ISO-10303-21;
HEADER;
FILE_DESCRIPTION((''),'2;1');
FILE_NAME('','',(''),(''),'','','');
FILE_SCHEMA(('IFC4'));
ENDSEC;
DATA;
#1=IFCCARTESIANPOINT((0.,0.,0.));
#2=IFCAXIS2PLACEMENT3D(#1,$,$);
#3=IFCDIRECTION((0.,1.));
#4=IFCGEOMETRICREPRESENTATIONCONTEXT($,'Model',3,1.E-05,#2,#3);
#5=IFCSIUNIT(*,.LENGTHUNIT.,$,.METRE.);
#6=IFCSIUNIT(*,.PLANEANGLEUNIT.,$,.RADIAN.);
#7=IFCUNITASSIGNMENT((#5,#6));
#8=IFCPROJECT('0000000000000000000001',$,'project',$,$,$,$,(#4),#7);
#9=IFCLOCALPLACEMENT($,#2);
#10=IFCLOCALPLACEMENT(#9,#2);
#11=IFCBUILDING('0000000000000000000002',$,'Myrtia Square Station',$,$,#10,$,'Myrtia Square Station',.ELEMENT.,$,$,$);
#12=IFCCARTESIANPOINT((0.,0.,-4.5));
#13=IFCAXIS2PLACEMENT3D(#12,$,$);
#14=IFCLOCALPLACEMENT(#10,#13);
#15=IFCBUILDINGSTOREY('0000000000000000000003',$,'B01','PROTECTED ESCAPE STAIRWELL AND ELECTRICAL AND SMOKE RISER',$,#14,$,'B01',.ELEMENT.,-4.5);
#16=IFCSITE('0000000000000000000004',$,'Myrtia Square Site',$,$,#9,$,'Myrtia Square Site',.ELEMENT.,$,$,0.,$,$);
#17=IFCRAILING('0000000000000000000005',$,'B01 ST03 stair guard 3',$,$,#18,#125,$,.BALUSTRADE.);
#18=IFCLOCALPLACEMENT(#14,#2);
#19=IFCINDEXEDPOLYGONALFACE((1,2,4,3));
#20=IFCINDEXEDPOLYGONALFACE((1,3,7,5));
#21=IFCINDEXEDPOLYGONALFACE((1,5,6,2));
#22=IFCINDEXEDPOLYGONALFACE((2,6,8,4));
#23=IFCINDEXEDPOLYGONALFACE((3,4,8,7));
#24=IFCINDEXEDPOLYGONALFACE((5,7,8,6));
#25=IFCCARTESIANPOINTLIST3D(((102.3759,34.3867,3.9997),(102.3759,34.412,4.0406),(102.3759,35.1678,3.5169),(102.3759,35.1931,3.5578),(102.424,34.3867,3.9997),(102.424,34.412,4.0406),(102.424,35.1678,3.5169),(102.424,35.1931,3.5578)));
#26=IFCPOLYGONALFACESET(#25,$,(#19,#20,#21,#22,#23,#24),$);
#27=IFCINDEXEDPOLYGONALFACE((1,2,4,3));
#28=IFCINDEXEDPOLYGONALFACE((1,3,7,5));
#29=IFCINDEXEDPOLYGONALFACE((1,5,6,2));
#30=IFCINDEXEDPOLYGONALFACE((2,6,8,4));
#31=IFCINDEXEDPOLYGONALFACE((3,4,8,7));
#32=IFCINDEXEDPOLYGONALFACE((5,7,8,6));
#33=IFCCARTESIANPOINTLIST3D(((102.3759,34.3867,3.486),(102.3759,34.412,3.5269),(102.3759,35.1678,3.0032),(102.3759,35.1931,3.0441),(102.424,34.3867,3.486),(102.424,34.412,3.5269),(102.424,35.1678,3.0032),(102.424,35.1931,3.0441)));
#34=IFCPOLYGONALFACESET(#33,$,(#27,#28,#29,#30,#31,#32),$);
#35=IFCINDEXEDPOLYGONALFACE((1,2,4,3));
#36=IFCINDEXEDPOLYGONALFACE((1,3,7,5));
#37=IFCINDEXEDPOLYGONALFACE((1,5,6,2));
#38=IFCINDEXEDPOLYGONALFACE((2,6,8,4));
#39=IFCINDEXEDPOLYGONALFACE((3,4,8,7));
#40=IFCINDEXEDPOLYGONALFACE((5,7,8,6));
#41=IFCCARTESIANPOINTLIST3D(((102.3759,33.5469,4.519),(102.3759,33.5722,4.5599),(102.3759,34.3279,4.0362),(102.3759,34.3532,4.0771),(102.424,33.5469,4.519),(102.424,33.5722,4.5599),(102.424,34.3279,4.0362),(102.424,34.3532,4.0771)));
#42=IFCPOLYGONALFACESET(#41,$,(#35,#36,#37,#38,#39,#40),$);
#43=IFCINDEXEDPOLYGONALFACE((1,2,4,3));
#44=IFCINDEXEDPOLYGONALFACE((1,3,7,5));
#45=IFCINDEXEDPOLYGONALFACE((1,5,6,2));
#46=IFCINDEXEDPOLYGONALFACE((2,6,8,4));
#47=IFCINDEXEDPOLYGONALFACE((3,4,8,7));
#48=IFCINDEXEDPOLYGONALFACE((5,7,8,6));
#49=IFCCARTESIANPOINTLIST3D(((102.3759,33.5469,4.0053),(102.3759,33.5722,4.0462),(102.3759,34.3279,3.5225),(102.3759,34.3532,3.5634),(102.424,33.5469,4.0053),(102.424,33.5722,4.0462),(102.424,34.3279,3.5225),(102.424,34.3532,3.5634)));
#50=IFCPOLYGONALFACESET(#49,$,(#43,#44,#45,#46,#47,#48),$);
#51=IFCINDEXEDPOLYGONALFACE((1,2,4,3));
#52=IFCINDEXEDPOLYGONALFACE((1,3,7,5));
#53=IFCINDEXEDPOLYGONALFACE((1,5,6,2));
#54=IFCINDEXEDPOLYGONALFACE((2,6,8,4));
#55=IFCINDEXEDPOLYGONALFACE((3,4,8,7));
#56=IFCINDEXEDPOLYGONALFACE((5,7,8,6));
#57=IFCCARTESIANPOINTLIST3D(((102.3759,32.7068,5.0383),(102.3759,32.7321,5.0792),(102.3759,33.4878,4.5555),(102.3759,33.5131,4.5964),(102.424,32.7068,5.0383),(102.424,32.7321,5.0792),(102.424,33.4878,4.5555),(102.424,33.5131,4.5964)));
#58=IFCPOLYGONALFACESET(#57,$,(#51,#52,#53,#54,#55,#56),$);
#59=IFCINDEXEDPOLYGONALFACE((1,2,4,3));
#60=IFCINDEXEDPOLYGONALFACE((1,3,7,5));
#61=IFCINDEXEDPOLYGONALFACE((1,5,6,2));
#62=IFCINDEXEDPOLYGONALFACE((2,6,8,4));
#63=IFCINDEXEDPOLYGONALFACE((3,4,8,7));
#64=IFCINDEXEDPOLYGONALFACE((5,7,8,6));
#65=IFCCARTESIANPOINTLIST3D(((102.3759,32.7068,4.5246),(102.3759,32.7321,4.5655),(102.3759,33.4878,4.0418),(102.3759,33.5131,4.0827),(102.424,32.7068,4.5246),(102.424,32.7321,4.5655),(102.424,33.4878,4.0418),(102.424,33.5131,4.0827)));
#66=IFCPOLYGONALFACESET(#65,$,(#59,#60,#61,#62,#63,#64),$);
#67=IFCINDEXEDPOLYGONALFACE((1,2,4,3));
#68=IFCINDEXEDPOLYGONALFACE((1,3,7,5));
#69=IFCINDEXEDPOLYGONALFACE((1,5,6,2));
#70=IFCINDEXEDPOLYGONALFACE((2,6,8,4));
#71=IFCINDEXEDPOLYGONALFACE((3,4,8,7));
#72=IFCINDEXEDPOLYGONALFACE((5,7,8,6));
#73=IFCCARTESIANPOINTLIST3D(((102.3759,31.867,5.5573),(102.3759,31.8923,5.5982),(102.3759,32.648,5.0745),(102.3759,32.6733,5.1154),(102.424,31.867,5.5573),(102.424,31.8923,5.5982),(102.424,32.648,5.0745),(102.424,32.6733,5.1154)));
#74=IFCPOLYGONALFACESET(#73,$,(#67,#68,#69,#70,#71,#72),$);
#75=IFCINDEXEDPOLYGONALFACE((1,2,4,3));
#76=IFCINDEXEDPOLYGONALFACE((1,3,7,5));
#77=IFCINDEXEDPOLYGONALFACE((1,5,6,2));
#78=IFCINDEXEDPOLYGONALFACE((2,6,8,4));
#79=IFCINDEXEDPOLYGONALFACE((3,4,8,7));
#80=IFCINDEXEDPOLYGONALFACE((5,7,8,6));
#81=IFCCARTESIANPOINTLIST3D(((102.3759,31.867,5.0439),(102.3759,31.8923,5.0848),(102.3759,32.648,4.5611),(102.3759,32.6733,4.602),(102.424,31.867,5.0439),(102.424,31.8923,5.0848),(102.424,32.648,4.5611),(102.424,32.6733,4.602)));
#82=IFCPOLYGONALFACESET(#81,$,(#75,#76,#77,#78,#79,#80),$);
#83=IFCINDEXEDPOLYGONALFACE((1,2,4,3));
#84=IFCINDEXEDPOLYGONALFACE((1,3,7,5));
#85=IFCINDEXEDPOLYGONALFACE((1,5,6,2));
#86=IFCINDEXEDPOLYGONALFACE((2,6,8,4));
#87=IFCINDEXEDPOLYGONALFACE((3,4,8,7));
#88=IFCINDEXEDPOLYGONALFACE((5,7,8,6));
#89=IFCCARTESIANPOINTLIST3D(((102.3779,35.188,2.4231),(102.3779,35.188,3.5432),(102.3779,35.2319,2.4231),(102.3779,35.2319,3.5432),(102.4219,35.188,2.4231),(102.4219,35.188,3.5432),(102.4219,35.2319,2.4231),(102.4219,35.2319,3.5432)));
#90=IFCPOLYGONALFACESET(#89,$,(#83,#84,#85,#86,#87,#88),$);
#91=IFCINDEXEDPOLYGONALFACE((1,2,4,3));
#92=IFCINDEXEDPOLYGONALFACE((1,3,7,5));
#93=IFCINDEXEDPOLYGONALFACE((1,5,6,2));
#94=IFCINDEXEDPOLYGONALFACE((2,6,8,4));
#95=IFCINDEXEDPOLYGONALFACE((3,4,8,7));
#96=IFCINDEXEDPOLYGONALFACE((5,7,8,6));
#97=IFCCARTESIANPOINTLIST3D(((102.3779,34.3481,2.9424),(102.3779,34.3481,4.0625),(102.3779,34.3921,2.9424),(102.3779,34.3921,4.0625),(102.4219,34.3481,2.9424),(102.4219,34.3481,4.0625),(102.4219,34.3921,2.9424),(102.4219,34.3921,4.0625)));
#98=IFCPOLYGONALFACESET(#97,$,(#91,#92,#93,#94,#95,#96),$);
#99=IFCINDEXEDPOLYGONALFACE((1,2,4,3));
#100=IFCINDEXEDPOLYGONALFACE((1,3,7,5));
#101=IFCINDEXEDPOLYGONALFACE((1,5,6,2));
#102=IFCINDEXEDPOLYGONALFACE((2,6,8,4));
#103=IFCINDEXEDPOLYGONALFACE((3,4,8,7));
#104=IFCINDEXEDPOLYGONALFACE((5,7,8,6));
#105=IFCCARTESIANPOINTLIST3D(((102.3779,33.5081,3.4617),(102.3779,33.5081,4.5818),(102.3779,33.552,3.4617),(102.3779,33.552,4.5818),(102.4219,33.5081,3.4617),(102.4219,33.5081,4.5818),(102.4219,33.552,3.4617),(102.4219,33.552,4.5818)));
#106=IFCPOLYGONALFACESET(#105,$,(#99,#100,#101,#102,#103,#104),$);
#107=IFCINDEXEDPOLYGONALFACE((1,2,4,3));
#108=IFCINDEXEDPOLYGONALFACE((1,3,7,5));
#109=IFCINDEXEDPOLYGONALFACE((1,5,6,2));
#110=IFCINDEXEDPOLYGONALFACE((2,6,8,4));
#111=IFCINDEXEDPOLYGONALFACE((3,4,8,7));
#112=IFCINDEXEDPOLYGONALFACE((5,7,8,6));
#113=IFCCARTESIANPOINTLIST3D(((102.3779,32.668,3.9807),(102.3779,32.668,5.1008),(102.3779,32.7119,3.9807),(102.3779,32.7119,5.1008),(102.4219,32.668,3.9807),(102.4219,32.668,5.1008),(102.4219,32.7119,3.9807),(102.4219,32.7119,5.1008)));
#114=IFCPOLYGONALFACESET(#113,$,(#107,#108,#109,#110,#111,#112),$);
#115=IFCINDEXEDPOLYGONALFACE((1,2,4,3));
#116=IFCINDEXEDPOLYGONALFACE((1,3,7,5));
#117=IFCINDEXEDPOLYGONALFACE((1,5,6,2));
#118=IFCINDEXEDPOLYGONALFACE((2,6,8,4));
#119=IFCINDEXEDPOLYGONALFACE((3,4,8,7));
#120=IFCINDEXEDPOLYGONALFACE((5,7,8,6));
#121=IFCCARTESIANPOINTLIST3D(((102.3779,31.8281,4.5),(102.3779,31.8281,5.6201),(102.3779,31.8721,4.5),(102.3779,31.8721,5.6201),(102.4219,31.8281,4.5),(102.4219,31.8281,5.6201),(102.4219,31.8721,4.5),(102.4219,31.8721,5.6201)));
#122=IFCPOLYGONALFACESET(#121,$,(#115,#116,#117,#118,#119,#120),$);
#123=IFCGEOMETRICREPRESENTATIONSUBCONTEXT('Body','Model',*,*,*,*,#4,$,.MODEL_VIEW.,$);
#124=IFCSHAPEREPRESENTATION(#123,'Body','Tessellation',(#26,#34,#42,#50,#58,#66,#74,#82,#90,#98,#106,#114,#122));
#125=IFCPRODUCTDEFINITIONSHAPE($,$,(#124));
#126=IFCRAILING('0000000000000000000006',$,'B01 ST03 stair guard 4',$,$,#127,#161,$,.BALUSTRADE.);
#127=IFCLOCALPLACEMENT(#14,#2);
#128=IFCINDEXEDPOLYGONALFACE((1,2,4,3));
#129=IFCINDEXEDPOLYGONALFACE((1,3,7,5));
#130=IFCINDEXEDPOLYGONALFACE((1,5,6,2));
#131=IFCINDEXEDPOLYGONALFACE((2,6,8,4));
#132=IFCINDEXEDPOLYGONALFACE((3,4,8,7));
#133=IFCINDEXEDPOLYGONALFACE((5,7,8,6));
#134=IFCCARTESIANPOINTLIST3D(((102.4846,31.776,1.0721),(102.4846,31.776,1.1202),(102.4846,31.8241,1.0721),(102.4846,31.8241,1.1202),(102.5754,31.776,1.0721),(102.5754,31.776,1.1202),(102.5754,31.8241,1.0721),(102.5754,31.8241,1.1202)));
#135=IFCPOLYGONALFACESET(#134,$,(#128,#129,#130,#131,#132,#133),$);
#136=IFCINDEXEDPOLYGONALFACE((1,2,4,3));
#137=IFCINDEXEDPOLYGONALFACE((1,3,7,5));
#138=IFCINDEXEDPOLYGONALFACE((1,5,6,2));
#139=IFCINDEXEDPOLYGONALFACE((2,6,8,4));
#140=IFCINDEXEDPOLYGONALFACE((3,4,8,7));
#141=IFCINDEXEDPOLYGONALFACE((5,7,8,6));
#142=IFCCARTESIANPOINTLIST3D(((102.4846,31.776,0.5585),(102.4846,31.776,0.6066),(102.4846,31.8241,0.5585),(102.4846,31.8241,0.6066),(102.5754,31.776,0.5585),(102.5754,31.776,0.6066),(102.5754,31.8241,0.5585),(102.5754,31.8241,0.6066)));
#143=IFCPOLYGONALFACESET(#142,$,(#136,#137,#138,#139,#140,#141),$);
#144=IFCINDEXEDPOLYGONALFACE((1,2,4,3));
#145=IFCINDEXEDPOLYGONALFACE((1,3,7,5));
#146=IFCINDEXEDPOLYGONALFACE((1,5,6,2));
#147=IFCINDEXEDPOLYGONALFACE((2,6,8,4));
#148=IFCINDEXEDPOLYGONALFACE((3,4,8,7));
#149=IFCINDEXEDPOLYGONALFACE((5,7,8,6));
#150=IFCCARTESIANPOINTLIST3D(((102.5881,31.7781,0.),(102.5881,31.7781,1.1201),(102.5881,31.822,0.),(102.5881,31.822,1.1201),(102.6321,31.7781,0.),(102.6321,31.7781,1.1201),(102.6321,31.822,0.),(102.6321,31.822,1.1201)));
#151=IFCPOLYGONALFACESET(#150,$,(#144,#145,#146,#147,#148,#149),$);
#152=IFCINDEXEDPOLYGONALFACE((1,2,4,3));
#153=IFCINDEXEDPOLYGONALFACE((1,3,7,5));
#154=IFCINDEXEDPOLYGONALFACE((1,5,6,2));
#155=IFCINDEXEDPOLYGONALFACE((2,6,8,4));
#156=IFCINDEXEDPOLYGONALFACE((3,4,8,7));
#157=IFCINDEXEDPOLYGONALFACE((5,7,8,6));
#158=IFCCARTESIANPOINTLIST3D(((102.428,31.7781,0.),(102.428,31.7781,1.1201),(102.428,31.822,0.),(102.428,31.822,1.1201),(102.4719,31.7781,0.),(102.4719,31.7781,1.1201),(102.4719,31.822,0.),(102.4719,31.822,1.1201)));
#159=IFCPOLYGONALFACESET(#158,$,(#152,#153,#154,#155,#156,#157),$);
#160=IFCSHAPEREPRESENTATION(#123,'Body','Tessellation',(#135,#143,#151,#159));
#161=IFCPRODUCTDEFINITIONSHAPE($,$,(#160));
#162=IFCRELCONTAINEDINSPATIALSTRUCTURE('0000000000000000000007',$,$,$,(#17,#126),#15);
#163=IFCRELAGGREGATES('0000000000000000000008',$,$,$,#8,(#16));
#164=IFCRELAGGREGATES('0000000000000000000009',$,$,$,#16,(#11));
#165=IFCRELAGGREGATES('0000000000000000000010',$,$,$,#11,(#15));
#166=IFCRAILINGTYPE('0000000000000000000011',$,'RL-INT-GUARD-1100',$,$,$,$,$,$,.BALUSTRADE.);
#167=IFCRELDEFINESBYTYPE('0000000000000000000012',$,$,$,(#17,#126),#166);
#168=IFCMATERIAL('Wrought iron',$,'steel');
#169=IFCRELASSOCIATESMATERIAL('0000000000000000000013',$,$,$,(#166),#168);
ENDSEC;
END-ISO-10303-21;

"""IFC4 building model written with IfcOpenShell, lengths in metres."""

from ifc_helpers import new_model, si_unit, direction, frame, origin, origin_2d, place, context, subcontext, project, spatial, rectangle, extrude, material, type_object, element, save


model = new_model("IFC4")

# Units and contexts
model_context = context("Model", 3, precision=1e-05, world=origin(), true_north=direction((0.0, 1.0)))
body_context = subcontext(model_context, "Body", "Model", "MODEL_VIEW")
ifc_project = project(units=[si_unit("LENGTHUNIT", "METRE"), si_unit("PLANEANGLEUNIT", "RADIAN")], contexts=[model_context])

# Site, building, storey
site_placement = place(None, origin())
site = spatial("IfcSite", under=ifc_project, at=site_placement, Name="Myrtia Square Site", LongName="Myrtia Square Site", CompositionType="ELEMENT", RefElevation=0.0)
building_placement = place(site_placement, origin())
building = spatial("IfcBuilding", under=site, at=building_placement, Name="Myrtia Square Station", LongName="Myrtia Square Station", CompositionType="ELEMENT")
storey_placement = place(building_placement, frame((0.0, 0.0, -4.5)))
storey = spatial("IfcBuildingStorey", under=building, at=storey_placement, Name="B01", Description="PROTECTED ESCAPE STAIRWELL AND ELECTRICAL AND SMOKE RISER", LongName="B01", CompositionType="ELEMENT", Elevation=-4.5)

# Railings
ifc_material_1 = material(Name="Wrought iron", Category="steel")
railing_type_1 = type_object("IfcRailingType", Name="RL-INT-GUARD-1100", PredefinedType="BALUSTRADE", material=ifc_material_1)
railing_1_placement = place(storey_placement, frame((102.3999, 35.21, 2.4231)))
element("IfcRailing", 1, at=railing_1_placement, inside=storey, type_object=railing_type_1, Name="B01 ST03 stair guard 3", PredefinedType="BALUSTRADE", context=body_context, shape_type="SweptSolid", body=[
    extrude(rectangle(XDim=0.0481, YDim=0.0481, at=origin_2d()), frame((0.0, -0.0295, 1.1143), z_axis=(0.0, -0.850606, 0.525803), x_axis=(1.0, 0.0, 0.0)), (0.0, 0.0, 1.0), 0.9182),
    extrude(rectangle(XDim=0.0481, YDim=0.0481, at=origin_2d()), frame((0.0, -0.0295, 0.6006), z_axis=(0.0, -0.850606, 0.525803), x_axis=(1.0, 0.0, 0.0)), (0.0, 0.0, 1.0), 0.9182),
    extrude(rectangle(XDim=0.0481, YDim=0.0481, at=origin_2d()), frame((0.0, -0.8694, 1.6335), z_axis=(0.0, -0.850606, 0.525803), x_axis=(1.0, 0.0, 0.0)), (0.0, 0.0, 1.0), 0.9182),
    extrude(rectangle(XDim=0.0481, YDim=0.0481, at=origin_2d()), frame((0.0, -0.8694, 1.1199), z_axis=(0.0, -0.850606, 0.525803), x_axis=(1.0, 0.0, 0.0)), (0.0, 0.0, 1.0), 0.9182),
    extrude(rectangle(XDim=0.0481, YDim=0.0481, at=origin_2d()), frame((0.0, -1.7095, 2.1528), z_axis=(0.0, -0.850606, 0.525803), x_axis=(1.0, 0.0, 0.0)), (0.0, 0.0, 1.0), 0.9182),
    extrude(rectangle(XDim=0.0481, YDim=0.0481, at=origin_2d()), frame((0.0, -1.7095, 1.6392), z_axis=(0.0, -0.850606, 0.525803), x_axis=(1.0, 0.0, 0.0)), (0.0, 0.0, 1.0), 0.9182),
    extrude(rectangle(XDim=0.0481, YDim=0.0481, at=origin_2d()), frame((0.0, -2.5493, 2.6719), z_axis=(0.0, -0.850606, 0.525803), x_axis=(1.0, 0.0, 0.0)), (0.0, 0.0, 1.0), 0.9182),
    extrude(rectangle(XDim=0.0481, YDim=0.0481, at=origin_2d()), frame((0.0, -2.5493, 2.1584), z_axis=(0.0, -0.850606, 0.525803), x_axis=(1.0, 0.0, 0.0)), (0.0, 0.0, 1.0), 0.9182),
    extrude(rectangle(XDim=0.0439, YDim=0.0439, at=origin_2d()), origin(), (0.0, 0.0, 1.0), 1.1201),
    extrude(rectangle(XDim=0.0439, YDim=0.0439, at=origin_2d()), frame((0.0, -0.8398, 0.5193)), (0.0, 0.0, 1.0), 1.1201),
    extrude(rectangle(XDim=0.0439, YDim=0.0439, at=origin_2d()), frame((0.0, -1.6799, 1.0386)), (0.0, 0.0, 1.0), 1.1201),
    extrude(rectangle(XDim=0.0439, YDim=0.0439, at=origin_2d()), frame((0.0, -2.52, 1.5576)), (0.0, 0.0, 1.0), 1.1201),
    extrude(rectangle(XDim=0.0439, YDim=0.0439, at=origin_2d()), frame((0.0, -3.3599, 2.0769)), (0.0, 0.0, 1.0), 1.1201),
])
railing_2_placement = place(storey_placement, frame((102.6101, 31.8, 0.0)))
element("IfcRailing", 2, at=railing_2_placement, inside=storey, type_object=railing_type_1, Name="B01 ST03 stair guard 4", PredefinedType="BALUSTRADE", context=body_context, shape_type="SweptSolid", body=[
    extrude(rectangle(XDim=0.0481, YDim=0.0481, at=origin_2d()), frame((-0.0347, 0.0, 1.0962), z_axis=(-1.0, 0.0, 0.0), x_axis=(0.0, -1.0, 0.0)), (0.0, 0.0, 1.0), 0.0908),
    extrude(rectangle(XDim=0.0481, YDim=0.0481, at=origin_2d()), frame((-0.0347, 0.0, 0.5825), z_axis=(-1.0, 0.0, 0.0), x_axis=(0.0, -1.0, 0.0)), (0.0, 0.0, 1.0), 0.0908),
    extrude(rectangle(XDim=0.0439, YDim=0.0439, at=origin_2d()), origin(), (0.0, 0.0, 1.0), 1.1201),
    extrude(rectangle(XDim=0.0439, YDim=0.0439, at=origin_2d()), frame((-0.1602, 0.0, 0.0)), (0.0, 0.0, 1.0), 1.1201),
])

save(model, "model.ifc")
